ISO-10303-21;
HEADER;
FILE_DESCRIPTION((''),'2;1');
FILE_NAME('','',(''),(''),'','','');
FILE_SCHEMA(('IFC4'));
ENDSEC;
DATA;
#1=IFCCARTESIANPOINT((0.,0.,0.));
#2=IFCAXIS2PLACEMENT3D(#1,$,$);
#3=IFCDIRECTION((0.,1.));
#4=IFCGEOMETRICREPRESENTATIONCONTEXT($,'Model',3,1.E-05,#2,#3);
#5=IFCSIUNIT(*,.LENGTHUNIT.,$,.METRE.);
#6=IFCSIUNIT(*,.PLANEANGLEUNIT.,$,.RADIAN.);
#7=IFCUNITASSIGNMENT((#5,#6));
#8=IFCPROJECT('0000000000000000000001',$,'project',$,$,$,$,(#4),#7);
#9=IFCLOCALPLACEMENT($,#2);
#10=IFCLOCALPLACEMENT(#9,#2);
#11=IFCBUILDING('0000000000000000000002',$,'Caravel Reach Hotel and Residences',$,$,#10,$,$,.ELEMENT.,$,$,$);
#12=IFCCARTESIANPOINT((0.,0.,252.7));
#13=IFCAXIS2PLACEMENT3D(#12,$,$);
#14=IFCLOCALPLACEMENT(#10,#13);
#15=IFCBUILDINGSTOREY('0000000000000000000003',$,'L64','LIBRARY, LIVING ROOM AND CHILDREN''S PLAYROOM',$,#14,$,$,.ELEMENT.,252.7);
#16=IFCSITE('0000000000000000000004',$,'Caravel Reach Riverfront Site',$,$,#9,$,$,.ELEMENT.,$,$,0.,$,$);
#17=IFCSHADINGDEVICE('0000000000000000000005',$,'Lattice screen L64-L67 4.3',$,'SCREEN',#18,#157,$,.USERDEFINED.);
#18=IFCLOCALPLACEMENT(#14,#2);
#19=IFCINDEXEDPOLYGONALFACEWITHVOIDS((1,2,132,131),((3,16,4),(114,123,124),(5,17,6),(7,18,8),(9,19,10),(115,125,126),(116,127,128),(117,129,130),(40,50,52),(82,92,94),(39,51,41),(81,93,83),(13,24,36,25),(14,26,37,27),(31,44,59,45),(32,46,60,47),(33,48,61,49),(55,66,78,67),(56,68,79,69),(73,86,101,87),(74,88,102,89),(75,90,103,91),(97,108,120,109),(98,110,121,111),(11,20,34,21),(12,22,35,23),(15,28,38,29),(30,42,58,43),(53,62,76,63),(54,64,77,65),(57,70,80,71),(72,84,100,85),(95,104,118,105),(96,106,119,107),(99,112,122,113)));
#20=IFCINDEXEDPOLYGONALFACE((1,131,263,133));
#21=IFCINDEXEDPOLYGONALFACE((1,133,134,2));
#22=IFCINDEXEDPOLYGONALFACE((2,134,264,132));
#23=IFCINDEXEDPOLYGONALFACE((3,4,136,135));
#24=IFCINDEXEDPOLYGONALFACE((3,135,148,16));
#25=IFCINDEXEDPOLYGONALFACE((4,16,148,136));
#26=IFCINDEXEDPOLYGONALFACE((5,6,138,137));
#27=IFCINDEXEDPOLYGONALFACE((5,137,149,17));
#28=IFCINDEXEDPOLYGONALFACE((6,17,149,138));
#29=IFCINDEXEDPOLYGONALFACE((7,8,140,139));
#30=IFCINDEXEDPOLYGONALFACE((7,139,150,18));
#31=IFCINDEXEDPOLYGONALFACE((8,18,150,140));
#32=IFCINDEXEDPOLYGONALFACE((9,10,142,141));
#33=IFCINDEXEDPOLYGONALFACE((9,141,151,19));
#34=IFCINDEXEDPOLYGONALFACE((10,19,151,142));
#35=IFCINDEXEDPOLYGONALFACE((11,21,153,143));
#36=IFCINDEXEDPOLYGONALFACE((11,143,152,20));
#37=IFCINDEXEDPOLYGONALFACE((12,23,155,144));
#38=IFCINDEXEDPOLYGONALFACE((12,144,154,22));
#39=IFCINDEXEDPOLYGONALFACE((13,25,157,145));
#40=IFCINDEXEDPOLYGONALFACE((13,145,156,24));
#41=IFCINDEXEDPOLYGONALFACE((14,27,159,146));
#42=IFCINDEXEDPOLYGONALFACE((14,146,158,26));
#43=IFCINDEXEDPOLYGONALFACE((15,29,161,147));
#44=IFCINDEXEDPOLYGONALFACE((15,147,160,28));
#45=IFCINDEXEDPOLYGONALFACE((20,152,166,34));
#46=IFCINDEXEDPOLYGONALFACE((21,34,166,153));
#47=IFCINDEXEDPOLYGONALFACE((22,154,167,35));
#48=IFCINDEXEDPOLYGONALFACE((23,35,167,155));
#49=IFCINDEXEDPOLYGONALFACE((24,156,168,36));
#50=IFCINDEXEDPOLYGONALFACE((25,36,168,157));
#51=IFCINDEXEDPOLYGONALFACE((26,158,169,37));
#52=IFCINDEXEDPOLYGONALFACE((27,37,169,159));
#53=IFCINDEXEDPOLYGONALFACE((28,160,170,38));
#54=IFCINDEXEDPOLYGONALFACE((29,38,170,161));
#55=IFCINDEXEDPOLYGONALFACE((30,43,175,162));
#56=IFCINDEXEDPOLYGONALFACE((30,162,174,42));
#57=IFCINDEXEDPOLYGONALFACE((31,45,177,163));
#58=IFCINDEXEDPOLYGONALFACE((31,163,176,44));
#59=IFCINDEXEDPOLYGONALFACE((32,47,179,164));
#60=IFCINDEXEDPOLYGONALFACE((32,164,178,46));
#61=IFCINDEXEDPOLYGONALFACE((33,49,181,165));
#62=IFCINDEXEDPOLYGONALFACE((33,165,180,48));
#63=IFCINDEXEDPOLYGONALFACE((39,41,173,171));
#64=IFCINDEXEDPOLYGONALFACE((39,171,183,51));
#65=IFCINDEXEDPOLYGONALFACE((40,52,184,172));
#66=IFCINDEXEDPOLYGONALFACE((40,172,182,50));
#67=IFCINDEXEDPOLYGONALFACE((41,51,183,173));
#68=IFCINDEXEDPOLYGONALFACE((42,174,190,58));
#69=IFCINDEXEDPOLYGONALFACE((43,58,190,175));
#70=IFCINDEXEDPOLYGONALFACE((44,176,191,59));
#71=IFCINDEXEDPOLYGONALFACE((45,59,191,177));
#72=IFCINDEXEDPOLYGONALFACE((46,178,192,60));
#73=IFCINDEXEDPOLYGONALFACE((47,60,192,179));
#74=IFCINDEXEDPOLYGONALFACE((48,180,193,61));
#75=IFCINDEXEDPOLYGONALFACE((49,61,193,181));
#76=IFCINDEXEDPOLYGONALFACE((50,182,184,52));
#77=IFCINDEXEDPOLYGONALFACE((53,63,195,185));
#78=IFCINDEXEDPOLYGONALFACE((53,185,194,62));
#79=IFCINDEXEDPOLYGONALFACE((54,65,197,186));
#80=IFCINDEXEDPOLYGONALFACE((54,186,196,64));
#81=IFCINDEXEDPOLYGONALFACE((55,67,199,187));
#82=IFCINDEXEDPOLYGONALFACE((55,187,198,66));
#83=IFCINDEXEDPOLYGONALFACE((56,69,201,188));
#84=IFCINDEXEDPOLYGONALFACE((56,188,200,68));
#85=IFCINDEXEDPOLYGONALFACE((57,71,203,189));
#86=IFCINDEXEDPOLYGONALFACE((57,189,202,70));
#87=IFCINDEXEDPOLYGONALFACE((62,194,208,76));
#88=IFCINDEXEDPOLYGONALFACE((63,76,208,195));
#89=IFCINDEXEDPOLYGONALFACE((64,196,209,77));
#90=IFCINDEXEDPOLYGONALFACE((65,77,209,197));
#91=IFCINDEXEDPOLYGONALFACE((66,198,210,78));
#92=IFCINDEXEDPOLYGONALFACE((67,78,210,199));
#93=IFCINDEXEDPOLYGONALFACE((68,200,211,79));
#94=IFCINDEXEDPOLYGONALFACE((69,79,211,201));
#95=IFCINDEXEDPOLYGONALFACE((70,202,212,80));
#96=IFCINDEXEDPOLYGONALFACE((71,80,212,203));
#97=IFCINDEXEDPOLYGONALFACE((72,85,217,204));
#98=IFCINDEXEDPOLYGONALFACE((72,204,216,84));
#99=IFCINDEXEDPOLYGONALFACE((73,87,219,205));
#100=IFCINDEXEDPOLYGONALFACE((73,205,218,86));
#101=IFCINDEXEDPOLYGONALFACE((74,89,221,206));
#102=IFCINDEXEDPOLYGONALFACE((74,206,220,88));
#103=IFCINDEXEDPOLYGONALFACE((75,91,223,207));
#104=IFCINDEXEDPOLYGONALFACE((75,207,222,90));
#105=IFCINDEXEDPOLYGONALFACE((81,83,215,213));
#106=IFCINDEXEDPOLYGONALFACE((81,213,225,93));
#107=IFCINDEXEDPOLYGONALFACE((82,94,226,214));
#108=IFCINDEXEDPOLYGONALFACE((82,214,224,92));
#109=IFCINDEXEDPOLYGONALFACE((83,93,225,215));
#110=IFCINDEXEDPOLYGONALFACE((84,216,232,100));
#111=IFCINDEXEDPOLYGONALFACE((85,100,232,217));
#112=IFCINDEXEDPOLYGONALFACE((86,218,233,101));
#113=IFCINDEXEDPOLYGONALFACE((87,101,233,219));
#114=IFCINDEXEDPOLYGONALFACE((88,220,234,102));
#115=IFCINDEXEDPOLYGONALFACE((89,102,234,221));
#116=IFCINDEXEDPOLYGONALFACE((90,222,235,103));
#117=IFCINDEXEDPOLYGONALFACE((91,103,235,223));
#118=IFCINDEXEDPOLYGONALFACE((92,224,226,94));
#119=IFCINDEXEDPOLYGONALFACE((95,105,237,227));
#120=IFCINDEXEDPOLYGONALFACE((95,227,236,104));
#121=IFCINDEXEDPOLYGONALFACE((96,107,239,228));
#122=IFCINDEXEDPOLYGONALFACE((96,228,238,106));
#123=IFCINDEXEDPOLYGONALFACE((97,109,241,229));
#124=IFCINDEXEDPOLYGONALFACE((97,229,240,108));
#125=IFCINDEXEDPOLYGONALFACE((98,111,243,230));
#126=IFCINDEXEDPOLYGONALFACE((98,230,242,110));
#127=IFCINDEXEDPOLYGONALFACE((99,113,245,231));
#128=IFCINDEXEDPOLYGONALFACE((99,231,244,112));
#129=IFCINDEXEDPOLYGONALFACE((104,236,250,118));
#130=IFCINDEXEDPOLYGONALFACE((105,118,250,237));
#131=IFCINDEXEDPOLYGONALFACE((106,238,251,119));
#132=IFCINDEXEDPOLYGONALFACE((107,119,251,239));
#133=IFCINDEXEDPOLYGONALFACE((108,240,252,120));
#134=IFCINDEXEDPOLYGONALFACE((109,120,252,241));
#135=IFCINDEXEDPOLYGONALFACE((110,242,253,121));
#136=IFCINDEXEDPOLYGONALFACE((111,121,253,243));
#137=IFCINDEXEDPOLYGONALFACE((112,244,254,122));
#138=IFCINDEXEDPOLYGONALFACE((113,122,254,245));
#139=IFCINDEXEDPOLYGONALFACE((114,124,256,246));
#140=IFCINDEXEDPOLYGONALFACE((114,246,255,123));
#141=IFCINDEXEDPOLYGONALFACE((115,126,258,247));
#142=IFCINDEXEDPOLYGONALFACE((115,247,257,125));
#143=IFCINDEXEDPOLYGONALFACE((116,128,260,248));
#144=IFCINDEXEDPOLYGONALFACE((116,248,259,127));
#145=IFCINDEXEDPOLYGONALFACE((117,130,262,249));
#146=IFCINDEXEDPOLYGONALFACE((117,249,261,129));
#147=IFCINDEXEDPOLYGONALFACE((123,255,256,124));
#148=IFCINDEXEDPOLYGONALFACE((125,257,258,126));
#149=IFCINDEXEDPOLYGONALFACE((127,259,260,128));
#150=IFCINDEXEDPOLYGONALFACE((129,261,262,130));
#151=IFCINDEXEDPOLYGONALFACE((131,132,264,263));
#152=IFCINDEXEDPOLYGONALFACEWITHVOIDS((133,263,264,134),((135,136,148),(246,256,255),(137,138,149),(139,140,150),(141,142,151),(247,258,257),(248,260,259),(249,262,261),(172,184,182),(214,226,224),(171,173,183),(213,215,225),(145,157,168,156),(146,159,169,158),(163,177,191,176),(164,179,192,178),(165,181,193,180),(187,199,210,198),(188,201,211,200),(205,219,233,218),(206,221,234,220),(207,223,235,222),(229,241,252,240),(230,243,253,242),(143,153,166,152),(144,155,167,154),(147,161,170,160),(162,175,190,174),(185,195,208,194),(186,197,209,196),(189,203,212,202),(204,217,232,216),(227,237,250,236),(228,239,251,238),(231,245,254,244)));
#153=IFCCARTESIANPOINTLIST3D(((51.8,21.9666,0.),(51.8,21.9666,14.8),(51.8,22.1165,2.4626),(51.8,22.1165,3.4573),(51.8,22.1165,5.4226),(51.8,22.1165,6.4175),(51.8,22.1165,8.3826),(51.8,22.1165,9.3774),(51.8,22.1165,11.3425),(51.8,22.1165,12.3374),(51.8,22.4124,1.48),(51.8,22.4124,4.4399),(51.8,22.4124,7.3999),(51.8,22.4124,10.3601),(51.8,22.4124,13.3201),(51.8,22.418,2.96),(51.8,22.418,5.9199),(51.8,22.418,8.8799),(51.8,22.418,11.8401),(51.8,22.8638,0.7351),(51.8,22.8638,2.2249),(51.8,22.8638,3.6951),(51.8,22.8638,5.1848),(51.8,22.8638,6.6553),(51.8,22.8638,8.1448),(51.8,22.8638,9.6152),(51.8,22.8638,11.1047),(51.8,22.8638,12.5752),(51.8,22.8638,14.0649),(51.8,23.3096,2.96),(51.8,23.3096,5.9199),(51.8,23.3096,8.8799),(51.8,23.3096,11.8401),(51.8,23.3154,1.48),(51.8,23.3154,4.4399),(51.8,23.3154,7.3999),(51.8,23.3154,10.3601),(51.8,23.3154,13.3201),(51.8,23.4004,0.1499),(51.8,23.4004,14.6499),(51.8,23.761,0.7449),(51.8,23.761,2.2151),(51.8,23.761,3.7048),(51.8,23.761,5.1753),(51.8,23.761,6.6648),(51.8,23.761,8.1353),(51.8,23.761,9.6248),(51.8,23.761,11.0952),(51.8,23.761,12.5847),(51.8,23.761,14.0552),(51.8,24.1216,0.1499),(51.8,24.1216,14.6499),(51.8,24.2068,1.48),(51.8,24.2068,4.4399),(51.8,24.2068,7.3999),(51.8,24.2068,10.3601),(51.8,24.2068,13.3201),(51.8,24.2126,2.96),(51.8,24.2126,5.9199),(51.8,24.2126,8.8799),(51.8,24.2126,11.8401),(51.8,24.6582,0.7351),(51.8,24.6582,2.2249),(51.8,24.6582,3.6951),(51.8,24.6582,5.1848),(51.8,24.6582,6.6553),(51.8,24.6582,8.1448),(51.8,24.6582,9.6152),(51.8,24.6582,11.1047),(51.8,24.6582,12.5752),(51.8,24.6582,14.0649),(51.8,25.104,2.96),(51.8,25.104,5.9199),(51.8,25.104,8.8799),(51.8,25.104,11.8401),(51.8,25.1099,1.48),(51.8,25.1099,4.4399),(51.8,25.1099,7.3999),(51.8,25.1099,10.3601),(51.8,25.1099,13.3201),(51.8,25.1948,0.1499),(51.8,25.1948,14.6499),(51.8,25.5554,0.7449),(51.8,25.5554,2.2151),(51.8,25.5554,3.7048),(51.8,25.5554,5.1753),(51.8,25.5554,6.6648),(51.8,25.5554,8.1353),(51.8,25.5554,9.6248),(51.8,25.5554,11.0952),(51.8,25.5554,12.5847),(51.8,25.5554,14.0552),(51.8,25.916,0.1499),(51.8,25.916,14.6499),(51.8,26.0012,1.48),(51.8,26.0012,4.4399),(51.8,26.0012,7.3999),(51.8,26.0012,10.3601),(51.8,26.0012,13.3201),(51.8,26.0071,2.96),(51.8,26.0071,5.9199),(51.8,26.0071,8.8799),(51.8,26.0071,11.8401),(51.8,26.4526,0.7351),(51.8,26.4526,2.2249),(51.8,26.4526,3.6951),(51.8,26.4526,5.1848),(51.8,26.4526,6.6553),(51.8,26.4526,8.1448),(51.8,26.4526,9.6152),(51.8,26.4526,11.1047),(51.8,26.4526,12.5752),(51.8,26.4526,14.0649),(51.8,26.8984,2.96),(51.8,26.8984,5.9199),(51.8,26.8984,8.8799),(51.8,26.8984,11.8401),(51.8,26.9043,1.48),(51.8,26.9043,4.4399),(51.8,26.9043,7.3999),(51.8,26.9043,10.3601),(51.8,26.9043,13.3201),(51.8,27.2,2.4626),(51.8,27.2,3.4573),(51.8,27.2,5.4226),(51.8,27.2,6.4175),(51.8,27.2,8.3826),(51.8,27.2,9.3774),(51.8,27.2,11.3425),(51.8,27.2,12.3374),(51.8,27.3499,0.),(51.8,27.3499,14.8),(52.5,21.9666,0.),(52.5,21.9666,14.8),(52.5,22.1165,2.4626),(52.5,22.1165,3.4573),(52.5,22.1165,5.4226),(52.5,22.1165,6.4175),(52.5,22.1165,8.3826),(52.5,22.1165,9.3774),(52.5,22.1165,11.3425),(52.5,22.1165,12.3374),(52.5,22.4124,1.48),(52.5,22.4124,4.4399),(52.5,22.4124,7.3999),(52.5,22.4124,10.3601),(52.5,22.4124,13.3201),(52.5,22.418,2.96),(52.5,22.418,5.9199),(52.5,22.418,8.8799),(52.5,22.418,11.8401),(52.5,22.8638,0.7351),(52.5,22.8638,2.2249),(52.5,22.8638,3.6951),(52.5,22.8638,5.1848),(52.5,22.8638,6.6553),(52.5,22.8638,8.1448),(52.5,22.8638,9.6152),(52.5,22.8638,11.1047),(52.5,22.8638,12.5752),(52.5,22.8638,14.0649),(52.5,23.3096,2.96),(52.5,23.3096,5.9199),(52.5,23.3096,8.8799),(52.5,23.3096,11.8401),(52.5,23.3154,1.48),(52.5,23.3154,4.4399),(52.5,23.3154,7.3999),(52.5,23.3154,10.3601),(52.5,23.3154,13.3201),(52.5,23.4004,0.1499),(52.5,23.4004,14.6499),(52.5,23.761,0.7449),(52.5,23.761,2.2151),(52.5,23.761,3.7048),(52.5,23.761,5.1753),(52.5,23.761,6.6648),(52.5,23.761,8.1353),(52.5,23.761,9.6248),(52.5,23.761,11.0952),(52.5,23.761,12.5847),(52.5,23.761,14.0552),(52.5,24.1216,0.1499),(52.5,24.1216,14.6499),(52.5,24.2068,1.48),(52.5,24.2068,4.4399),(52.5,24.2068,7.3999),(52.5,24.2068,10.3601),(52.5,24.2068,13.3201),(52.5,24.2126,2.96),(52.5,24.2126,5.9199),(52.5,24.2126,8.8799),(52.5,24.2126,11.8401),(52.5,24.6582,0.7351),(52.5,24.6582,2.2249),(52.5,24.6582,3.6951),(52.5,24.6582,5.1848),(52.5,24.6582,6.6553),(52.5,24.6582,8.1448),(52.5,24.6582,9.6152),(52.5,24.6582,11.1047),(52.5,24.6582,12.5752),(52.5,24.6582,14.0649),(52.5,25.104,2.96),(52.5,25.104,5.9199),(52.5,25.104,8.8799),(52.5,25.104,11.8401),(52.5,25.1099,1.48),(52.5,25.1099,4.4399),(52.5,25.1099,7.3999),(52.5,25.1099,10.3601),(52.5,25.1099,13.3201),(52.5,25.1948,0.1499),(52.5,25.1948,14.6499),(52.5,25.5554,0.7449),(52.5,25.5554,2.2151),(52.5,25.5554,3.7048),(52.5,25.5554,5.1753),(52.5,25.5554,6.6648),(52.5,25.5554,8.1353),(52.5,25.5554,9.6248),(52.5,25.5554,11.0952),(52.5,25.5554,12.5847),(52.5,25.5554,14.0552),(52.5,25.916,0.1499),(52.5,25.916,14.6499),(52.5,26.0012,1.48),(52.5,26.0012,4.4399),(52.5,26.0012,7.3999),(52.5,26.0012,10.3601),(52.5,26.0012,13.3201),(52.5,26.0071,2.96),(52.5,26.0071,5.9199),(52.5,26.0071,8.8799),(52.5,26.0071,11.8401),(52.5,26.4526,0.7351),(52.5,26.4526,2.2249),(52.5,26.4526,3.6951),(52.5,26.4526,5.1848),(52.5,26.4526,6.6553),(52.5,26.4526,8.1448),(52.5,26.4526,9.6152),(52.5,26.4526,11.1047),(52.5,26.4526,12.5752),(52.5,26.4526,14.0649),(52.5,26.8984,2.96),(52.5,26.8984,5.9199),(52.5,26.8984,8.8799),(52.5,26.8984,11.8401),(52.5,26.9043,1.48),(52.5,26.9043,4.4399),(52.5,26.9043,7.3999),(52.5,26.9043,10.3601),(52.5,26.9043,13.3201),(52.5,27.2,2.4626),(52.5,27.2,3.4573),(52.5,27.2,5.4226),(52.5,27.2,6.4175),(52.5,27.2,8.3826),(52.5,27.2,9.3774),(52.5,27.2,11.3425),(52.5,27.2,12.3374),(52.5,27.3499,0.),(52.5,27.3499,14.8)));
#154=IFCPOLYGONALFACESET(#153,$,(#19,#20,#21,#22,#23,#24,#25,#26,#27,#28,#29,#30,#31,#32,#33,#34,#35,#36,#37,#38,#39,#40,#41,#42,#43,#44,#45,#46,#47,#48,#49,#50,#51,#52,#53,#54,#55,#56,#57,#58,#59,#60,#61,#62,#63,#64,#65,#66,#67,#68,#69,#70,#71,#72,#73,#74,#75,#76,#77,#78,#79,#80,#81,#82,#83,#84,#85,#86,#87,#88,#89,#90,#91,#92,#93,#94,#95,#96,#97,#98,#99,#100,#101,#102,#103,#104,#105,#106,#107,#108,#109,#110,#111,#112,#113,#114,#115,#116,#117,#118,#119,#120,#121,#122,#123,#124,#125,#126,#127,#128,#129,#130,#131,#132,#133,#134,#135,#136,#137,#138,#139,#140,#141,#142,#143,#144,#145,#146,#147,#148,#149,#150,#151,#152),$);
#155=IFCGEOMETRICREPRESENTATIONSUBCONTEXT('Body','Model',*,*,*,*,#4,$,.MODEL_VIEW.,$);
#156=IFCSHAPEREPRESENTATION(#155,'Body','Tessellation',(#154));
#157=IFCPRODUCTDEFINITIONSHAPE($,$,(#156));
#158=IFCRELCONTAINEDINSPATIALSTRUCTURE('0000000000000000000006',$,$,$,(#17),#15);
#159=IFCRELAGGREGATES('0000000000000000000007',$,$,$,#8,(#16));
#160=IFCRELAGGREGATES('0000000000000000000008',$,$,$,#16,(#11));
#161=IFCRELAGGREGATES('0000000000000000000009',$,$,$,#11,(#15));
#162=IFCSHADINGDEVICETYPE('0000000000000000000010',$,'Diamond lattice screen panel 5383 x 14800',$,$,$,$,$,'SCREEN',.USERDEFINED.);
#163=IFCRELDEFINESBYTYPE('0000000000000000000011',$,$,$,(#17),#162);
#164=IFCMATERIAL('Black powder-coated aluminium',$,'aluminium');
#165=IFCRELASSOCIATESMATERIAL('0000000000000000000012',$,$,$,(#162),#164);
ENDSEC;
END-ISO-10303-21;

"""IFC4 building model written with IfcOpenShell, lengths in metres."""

from ifc_helpers import new_model, si_unit, direction, frame, origin, place, context, subcontext, project, spatial, polyline, outline, extrude, material, type_object, element, save


model = new_model("IFC4")

# Units and contexts
model_context = context("Model", 3, precision=1e-05, world=origin(), true_north=direction((0.0, 1.0)))
body_context = subcontext(model_context, "Body", "Model", "MODEL_VIEW")
ifc_project = project(units=[si_unit("LENGTHUNIT", "METRE"), si_unit("PLANEANGLEUNIT", "RADIAN")], contexts=[model_context])

# Site, building, storey
site_placement = place(None, origin())
site = spatial("IfcSite", under=ifc_project, at=site_placement, Name="Caravel Reach Riverfront Site", CompositionType="ELEMENT", RefElevation=0.0)
building_placement = place(site_placement, origin())
building = spatial("IfcBuilding", under=site, at=building_placement, Name="Caravel Reach Hotel and Residences", CompositionType="ELEMENT")
storey_placement = place(building_placement, frame((0.0, 0.0, 252.7)))
storey = spatial("IfcBuildingStorey", under=building, at=storey_placement, Name="L64", Description="LIBRARY, LIVING ROOM AND CHILDREN'S PLAYROOM", CompositionType="ELEMENT", Elevation=252.7)

# Shading device
ifc_material_1 = material(Name="Black powder-coated aluminium", Category="aluminium")
shading_device_type_1 = type_object("IfcShadingDeviceType", Name="Diamond lattice screen panel 5383 x 14800", ElementType="SCREEN", PredefinedType="USERDEFINED", material=ifc_material_1)
shading_device_1_placement = place(storey_placement, frame((51.8, 21.9666, 0.0), z_axis=(1.0, 0.0, 0.0), x_axis=(0.0, 1.0, 0.0)))
element("IfcShadingDevice", 1, at=shading_device_1_placement, inside=storey, type_object=shading_device_type_1, Name="Lattice screen L64-L67 4.3", ObjectType="SCREEN", PredefinedType="USERDEFINED", context=body_context, shape_type="SweptSolid", body=[
    extrude(outline(polyline([(0.0, 0.0), (5.3833, 0.0), (5.3833, 14.8), (0.0, 14.8), (0.0, 0.0)]), holes=[polyline([(0.4514, 2.96), (0.1499, 3.4573), (0.1499, 2.4626), (0.4514, 2.96)]), polyline([(0.4514, 5.9199), (0.1499, 6.4175), (0.1499, 5.4226), (0.4514, 5.9199)]), polyline([(0.4514, 8.8799), (0.1499, 9.3774), (0.1499, 8.3826), (0.4514, 8.8799)]), polyline([(0.4514, 11.8401), (0.1499, 12.3374), (0.1499, 11.3425), (0.4514, 11.8401)]), polyline([(0.8972, 2.2249), (0.4458, 1.48), (0.8972, 0.7351), (1.3489, 1.48), (0.8972, 2.2249)]), polyline([(0.8972, 5.1848), (0.4458, 4.4399), (0.8972, 3.6951), (1.3489, 4.4399), (0.8972, 5.1848)]), polyline([(0.8972, 8.1448), (0.4458, 7.3999), (0.8972, 6.6553), (1.3489, 7.3999), (0.8972, 8.1448)]), polyline([(0.8972, 11.1047), (0.4458, 10.3601), (0.8972, 9.6152), (1.3489, 10.3601), (0.8972, 11.1047)]), polyline([(0.8972, 14.0649), (0.4458, 13.3201), (0.8972, 12.5752), (1.3489, 13.3201), (0.8972, 14.0649)]), polyline([(1.7944, 0.7449), (1.4338, 0.1499), (2.155, 0.1499), (1.7944, 0.7449)]), polyline([(1.7944, 3.7048), (1.343, 2.96), (1.7944, 2.2151), (2.2461, 2.96), (1.7944, 3.7048)]), polyline([(1.7944, 6.6648), (1.343, 5.9199), (1.7944, 5.1753), (2.2461, 5.9199), (1.7944, 6.6648)]), polyline([(1.7944, 9.6248), (1.343, 8.8799), (1.7944, 8.1353), (2.2461, 8.8799), (1.7944, 9.6248)]), polyline([(1.7944, 12.5847), (1.343, 11.8401), (1.7944, 11.0952), (2.2461, 11.8401), (1.7944, 12.5847)]), polyline([(1.7944, 14.0552), (2.155, 14.6499), (1.4338, 14.6499), (1.7944, 14.0552)]), polyline([(2.6917, 2.2249), (2.2402, 1.48), (2.6917, 0.7351), (3.1433, 1.48), (2.6917, 2.2249)]), polyline([(2.6917, 5.1848), (2.2402, 4.4399), (2.6917, 3.6951), (3.1433, 4.4399), (2.6917, 5.1848)]), polyline([(2.6917, 8.1448), (2.2402, 7.3999), (2.6917, 6.6553), (3.1433, 7.3999), (2.6917, 8.1448)]), polyline([(2.6917, 11.1047), (2.2402, 10.3601), (2.6917, 9.6152), (3.1433, 10.3601), (2.6917, 11.1047)]), polyline([(2.6917, 14.0649), (2.2402, 13.3201), (2.6917, 12.5752), (3.1433, 13.3201), (2.6917, 14.0649)]), polyline([(3.5889, 0.7449), (3.2283, 0.1499), (3.9495, 0.1499), (3.5889, 0.7449)]), polyline([(3.5889, 3.7048), (3.1375, 2.96), (3.5889, 2.2151), (4.0405, 2.96), (3.5889, 3.7048)]), polyline([(3.5889, 6.6648), (3.1375, 5.9199), (3.5889, 5.1753), (4.0405, 5.9199), (3.5889, 6.6648)]), polyline([(3.5889, 9.6248), (3.1375, 8.8799), (3.5889, 8.1353), (4.0405, 8.8799), (3.5889, 9.6248)]), polyline([(3.5889, 12.5847), (3.1375, 11.8401), (3.5889, 11.0952), (4.0405, 11.8401), (3.5889, 12.5847)]), polyline([(3.5889, 14.0552), (3.9495, 14.6499), (3.2283, 14.6499), (3.5889, 14.0552)]), polyline([(4.4861, 2.2249), (4.0347, 1.48), (4.4861, 0.7351), (4.9377, 1.48), (4.4861, 2.2249)]), polyline([(4.4861, 5.1848), (4.0347, 4.4399), (4.4861, 3.6951), (4.9377, 4.4399), (4.4861, 5.1848)]), polyline([(4.4861, 8.1448), (4.0347, 7.3999), (4.4861, 6.6553), (4.9377, 7.3999), (4.4861, 8.1448)]), polyline([(4.4861, 11.1047), (4.0347, 10.3601), (4.4861, 9.6152), (4.9377, 10.3601), (4.4861, 11.1047)]), polyline([(4.4861, 14.0649), (4.0347, 13.3201), (4.4861, 12.5752), (4.9377, 13.3201), (4.4861, 14.0649)]), polyline([(4.9319, 2.96), (5.2334, 2.4626), (5.2334, 3.4573), (4.9319, 2.96)]), polyline([(4.9319, 5.9199), (5.2334, 5.4226), (5.2334, 6.4175), (4.9319, 5.9199)]), polyline([(4.9319, 8.8799), (5.2334, 8.3826), (5.2334, 9.3774), (4.9319, 8.8799)]), polyline([(4.9319, 11.8401), (5.2334, 11.3425), (5.2334, 12.3374), (4.9319, 11.8401)])]), origin(), (0.0, 0.0, 1.0), 0.7),
])

save(model, "model.ifc")
